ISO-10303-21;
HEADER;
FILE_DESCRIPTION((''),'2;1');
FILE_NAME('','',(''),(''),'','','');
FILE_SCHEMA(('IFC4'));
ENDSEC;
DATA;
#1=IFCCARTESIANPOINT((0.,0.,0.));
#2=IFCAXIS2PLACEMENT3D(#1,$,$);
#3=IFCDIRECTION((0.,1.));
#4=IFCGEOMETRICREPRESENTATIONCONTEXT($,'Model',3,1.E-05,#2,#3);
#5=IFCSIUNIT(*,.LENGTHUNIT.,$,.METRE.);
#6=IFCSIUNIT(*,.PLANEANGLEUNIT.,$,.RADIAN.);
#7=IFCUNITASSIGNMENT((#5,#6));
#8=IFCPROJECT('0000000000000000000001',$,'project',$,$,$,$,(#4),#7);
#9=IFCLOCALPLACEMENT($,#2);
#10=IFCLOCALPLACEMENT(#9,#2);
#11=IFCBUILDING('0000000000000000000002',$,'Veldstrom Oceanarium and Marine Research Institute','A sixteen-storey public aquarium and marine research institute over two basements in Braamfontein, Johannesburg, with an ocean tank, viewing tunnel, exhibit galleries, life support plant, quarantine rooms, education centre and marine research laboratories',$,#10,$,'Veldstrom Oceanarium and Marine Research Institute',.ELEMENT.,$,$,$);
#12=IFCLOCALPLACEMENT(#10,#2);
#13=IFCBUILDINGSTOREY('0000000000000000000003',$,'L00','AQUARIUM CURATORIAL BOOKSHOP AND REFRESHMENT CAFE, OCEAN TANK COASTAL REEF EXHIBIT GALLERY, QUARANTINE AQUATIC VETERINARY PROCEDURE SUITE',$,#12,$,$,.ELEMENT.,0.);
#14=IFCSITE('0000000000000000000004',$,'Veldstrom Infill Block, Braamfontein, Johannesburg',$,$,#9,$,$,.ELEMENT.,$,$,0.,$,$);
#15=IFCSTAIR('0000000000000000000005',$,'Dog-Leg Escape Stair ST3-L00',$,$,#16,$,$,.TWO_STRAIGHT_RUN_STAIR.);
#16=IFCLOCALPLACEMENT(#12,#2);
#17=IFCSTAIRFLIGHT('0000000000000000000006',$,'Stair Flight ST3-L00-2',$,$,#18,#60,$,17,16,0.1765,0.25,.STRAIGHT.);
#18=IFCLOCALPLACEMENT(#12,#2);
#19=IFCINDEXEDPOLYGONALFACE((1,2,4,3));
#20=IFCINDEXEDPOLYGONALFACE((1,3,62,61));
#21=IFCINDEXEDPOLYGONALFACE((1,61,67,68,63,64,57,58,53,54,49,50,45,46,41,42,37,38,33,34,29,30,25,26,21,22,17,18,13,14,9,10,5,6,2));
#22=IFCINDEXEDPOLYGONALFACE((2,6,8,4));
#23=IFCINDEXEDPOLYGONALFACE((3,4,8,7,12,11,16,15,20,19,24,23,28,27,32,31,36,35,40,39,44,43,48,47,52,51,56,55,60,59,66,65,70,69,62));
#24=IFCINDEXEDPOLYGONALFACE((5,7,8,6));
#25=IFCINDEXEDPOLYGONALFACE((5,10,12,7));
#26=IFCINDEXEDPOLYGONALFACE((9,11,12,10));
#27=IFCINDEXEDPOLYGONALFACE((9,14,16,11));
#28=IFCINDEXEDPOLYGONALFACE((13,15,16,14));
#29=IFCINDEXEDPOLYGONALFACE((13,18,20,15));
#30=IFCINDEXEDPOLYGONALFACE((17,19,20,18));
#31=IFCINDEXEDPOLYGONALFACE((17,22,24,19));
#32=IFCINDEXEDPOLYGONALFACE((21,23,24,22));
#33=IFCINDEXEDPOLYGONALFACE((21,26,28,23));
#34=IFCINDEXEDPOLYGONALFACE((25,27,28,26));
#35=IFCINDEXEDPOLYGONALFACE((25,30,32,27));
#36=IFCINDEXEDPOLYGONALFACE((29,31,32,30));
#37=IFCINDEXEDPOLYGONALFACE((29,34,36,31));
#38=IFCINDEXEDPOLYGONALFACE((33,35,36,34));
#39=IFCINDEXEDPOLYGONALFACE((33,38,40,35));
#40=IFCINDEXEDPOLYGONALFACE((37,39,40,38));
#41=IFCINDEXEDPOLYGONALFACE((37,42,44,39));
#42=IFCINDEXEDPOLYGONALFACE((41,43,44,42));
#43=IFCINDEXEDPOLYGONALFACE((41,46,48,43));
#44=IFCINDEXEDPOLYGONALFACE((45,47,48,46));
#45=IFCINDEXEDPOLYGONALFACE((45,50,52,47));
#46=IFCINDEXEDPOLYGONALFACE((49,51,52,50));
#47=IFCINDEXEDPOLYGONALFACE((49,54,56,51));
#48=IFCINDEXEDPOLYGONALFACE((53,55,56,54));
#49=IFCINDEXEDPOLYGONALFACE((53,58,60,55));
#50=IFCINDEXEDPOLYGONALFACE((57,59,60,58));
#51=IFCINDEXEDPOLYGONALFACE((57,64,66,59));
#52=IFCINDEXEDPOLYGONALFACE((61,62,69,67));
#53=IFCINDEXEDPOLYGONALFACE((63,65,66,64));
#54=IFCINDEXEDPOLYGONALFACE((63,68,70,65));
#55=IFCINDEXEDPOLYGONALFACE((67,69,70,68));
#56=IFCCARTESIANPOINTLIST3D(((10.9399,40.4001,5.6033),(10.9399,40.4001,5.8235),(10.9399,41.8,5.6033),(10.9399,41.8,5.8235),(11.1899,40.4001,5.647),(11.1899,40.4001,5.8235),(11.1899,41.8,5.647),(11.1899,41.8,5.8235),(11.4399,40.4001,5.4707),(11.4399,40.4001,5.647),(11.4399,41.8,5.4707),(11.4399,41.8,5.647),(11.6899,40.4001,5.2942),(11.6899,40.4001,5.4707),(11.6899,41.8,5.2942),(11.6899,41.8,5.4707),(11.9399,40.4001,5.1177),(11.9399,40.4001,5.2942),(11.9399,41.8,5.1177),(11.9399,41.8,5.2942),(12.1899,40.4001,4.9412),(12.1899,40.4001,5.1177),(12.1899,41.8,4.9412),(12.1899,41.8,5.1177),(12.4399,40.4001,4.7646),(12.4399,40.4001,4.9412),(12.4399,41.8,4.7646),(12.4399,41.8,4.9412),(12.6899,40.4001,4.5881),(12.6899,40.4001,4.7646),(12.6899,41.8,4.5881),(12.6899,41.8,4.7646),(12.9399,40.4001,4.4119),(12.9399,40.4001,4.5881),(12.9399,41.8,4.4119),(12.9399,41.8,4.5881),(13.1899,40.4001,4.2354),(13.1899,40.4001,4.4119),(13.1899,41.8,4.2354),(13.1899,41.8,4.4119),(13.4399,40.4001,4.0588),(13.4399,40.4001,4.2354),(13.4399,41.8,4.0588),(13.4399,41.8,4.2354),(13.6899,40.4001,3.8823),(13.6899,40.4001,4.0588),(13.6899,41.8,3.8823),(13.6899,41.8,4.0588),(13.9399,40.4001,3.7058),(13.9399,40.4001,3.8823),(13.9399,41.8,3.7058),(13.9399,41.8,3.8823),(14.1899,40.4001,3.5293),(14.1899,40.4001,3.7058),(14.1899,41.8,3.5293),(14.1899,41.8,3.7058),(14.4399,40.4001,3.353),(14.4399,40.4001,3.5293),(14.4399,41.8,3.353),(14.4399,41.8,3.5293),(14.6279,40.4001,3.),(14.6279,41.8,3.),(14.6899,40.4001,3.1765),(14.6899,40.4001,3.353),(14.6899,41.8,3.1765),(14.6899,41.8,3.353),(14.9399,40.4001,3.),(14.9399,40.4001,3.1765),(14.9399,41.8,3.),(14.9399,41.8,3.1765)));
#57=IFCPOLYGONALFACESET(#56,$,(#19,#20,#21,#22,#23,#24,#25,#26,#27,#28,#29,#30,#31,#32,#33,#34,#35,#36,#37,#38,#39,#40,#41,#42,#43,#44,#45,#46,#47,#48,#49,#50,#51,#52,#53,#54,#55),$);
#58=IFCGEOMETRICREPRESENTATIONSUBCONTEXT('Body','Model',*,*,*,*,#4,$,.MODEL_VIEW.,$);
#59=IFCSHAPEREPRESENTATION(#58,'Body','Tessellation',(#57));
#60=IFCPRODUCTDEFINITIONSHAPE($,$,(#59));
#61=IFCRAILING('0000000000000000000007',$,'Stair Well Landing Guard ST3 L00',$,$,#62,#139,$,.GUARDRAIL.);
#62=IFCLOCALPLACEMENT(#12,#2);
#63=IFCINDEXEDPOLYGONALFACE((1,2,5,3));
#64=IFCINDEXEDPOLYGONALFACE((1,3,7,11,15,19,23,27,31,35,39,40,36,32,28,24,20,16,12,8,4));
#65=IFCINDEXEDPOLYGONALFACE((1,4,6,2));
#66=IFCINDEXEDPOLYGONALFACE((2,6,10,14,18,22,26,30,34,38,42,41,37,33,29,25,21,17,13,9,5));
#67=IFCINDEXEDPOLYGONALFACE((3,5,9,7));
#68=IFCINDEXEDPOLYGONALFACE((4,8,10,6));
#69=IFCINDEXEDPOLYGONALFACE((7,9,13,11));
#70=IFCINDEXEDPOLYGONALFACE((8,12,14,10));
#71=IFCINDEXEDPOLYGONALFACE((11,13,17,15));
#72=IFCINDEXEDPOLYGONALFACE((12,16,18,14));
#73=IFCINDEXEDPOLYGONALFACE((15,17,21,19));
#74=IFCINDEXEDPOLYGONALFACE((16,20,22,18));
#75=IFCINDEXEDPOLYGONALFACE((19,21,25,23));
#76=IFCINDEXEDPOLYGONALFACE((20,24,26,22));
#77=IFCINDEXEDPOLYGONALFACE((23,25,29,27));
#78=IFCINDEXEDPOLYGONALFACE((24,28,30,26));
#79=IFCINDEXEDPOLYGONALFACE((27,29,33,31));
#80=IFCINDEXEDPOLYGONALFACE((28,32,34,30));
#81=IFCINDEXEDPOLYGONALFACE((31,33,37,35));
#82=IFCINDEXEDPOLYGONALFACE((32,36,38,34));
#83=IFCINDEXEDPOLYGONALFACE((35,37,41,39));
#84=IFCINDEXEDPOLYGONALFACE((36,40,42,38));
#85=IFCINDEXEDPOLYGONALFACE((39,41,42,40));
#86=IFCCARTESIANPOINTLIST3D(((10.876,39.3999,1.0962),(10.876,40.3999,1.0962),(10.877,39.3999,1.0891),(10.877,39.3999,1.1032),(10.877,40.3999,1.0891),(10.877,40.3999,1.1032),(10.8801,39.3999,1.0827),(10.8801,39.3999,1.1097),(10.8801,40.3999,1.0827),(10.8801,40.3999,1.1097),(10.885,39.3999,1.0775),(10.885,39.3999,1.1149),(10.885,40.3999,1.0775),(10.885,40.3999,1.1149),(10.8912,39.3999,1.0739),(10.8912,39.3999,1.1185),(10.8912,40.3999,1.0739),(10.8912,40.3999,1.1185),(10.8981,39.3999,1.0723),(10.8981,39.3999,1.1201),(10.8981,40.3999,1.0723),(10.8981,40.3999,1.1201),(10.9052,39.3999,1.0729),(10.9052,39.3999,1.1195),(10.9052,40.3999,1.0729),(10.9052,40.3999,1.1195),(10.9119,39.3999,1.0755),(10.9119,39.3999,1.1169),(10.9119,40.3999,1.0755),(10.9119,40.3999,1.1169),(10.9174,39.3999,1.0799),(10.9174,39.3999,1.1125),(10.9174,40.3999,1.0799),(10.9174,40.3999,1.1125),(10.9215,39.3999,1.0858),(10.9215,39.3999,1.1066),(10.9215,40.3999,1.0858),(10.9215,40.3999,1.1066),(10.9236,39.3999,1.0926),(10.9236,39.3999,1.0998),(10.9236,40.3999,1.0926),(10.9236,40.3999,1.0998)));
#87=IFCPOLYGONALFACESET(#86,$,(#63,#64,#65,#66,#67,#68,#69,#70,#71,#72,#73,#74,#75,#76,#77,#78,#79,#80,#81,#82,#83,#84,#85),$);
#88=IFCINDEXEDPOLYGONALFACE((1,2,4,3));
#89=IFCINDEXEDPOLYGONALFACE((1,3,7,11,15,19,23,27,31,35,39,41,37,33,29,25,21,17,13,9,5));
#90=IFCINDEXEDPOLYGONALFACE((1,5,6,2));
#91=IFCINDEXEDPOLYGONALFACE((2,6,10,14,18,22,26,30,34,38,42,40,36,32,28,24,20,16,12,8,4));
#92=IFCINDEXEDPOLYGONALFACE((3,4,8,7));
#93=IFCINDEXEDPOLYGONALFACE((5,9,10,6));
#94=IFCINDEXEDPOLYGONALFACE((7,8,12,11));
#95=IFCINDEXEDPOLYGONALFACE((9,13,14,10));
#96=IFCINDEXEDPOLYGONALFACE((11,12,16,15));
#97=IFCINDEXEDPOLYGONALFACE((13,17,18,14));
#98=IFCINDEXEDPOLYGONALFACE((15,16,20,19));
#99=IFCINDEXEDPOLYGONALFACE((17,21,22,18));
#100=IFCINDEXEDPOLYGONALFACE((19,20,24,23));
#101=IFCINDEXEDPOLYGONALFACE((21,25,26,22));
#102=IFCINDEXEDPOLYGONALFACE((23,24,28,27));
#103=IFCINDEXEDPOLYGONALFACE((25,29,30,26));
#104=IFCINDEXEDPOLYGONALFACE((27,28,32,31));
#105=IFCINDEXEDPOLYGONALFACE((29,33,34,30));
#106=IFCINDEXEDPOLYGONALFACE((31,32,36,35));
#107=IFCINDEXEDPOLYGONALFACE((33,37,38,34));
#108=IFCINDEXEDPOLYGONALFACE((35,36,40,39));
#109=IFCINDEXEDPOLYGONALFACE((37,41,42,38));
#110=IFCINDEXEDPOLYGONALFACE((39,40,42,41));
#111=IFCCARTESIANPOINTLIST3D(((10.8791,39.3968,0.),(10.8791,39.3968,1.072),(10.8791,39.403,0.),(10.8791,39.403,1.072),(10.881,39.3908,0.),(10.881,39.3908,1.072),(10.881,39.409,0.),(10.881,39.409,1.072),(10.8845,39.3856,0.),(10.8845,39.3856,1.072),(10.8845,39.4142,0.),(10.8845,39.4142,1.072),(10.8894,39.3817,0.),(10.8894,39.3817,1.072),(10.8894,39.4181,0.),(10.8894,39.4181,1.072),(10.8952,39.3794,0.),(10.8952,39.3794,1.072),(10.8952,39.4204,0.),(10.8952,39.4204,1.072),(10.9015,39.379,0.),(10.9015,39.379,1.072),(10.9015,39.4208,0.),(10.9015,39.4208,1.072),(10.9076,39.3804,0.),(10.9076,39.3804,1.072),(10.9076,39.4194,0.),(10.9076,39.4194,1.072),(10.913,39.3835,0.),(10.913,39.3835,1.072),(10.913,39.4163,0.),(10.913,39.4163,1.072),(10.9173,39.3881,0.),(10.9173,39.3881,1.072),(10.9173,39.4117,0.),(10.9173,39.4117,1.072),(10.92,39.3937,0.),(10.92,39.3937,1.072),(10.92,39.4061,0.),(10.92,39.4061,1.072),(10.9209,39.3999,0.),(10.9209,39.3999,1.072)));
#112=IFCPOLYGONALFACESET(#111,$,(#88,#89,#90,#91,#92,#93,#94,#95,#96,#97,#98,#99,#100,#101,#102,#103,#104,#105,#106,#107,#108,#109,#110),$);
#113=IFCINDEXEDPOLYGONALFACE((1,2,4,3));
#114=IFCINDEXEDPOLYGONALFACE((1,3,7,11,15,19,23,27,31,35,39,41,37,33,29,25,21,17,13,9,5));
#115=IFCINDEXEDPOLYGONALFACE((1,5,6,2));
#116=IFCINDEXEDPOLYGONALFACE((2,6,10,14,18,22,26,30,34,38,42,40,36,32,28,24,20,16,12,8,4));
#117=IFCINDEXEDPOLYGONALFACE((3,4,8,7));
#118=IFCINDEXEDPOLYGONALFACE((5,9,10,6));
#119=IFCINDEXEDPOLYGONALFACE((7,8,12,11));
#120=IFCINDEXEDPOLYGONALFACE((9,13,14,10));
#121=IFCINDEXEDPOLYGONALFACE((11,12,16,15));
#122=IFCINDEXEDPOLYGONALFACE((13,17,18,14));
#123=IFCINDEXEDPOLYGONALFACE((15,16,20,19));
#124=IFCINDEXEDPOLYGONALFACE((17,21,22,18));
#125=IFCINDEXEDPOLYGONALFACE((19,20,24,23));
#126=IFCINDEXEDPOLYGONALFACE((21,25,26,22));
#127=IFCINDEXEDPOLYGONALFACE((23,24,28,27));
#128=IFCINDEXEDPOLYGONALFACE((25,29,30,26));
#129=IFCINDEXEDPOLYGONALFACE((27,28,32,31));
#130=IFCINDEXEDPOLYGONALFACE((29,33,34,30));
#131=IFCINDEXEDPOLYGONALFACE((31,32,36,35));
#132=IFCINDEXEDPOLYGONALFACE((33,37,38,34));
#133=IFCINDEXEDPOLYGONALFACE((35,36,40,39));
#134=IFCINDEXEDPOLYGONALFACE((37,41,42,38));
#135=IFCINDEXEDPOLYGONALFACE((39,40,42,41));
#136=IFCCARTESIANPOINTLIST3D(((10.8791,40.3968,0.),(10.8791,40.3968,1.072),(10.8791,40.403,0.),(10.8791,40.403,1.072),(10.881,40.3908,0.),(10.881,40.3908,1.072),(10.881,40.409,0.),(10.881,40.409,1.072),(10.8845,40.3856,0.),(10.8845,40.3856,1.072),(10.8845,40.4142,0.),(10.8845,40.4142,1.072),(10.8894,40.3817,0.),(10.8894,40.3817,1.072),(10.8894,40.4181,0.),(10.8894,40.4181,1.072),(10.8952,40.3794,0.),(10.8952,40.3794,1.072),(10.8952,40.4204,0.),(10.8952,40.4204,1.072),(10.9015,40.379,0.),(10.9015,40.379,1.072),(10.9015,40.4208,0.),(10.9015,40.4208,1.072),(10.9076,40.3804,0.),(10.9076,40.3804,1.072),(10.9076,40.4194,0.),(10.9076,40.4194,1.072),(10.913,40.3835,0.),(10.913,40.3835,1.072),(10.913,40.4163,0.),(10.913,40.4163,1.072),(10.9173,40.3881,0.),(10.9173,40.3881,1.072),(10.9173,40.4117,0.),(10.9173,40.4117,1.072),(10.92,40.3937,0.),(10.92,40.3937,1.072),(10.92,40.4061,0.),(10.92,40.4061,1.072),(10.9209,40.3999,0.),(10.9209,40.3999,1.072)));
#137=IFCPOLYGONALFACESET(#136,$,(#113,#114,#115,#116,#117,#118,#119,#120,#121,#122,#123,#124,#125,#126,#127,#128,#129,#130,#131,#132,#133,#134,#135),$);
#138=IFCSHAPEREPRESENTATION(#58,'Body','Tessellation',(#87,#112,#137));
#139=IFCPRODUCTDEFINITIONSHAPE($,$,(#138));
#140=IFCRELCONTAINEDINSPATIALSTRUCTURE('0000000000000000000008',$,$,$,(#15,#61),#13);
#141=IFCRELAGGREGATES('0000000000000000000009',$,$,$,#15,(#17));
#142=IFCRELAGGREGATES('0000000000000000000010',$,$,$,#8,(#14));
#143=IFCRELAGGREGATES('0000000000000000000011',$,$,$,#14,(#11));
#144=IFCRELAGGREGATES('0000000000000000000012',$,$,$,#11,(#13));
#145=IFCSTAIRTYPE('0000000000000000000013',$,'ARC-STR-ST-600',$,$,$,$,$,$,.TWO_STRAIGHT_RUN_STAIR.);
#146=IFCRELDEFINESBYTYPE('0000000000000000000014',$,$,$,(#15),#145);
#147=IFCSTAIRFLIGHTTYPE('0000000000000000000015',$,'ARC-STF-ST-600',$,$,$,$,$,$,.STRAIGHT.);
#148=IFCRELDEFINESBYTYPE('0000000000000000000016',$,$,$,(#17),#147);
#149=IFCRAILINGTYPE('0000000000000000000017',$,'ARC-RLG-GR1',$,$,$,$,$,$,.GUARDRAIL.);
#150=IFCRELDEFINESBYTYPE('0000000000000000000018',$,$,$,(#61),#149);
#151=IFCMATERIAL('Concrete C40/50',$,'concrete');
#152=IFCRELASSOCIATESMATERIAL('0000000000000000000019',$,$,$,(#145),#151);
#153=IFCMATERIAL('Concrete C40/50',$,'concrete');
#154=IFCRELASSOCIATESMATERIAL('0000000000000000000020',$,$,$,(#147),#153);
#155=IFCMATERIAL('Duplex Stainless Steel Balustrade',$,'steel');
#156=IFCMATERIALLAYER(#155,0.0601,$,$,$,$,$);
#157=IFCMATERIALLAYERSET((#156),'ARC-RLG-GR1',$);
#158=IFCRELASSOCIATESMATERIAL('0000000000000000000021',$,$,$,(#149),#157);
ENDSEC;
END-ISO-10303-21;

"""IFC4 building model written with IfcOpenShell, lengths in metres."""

from ifc_helpers import new_model, si_unit, direction, frame, origin, origin_2d, place, context, subcontext, project, spatial, polyline, circle, outline, extrude, material, layer, layer_set, type_object, element, aggregate, save


model = new_model("IFC4")

# Units and contexts
model_context = context("Model", 3, precision=1e-05, world=origin(), true_north=direction((0.0, 1.0)))
body_context = subcontext(model_context, "Body", "Model", "MODEL_VIEW")
ifc_project = project(units=[si_unit("LENGTHUNIT", "METRE"), si_unit("PLANEANGLEUNIT", "RADIAN")], contexts=[model_context])

# Site, building, storey
site_placement = place(None, origin())
site = spatial("IfcSite", under=ifc_project, at=site_placement, Name="Veldstrom Infill Block, Braamfontein, Johannesburg", CompositionType="ELEMENT", RefElevation=0.0)
building_placement = place(site_placement, origin())
building = spatial("IfcBuilding", under=site, at=building_placement, Name="Veldstrom Oceanarium and Marine Research Institute", Description="A sixteen-storey public aquarium and marine research institute over two basements in Braamfontein, Johannesburg, with an ocean tank, viewing tunnel, exhibit galleries, life support plant, quarantine rooms, education centre and marine research laboratories", LongName="Veldstrom Oceanarium and Marine Research Institute", CompositionType="ELEMENT")
storey_placement = place(building_placement, origin())
storey = spatial("IfcBuildingStorey", under=building, at=storey_placement, Name="L00", Description="AQUARIUM CURATORIAL BOOKSHOP AND REFRESHMENT CAFE, OCEAN TANK COASTAL REEF EXHIBIT GALLERY, QUARANTINE AQUATIC VETERINARY PROCEDURE SUITE", CompositionType="ELEMENT", Elevation=0.0)

# Stair, stair flight
ifc_material_1 = material(Name="Concrete C40/50", Category="concrete")
stair_type = type_object("IfcStairType", Name="ARC-STR-ST-600", PredefinedType="TWO_STRAIGHT_RUN_STAIR", material=ifc_material_1)
stair_placement = place(storey_placement, origin())
stair = element("IfcStair", 1, at=stair_placement, inside=storey, type_object=stair_type, Name="Dog-Leg Escape Stair ST3-L00", PredefinedType="TWO_STRAIGHT_RUN_STAIR")
ifc_material_2 = material(Name="Concrete C40/50", Category="concrete")
stair_flight_type = type_object("IfcStairFlightType", Name="ARC-STF-ST-600", PredefinedType="STRAIGHT", material=ifc_material_2)
stair_flight_1_placement = place(storey_placement, frame((14.9399, 41.1001, 3.0), z_axis=(0.0, 0.0, 1.0), x_axis=(-1.0, 0.0, 0.0)))
stair_flight_1 = element("IfcStairFlight", 2, at=stair_flight_1_placement, type_object=stair_flight_type, Name="Stair Flight ST3-L00-2", NumberOfRisers=17, NumberOfTreads=16, PredefinedType="STRAIGHT", RiserHeight=0.1765, TreadLength=0.25, context=body_context, shape_type="SweptSolid", body=[
    extrude(outline(polyline([(0.0, 0.0), (0.0, 0.1765), (0.25, 0.1765), (0.25, 0.353), (0.5, 0.353), (0.5, 0.5293), (0.75, 0.5293), (0.75, 0.7058), (1.0, 0.7058), (1.0, 0.8823), (1.25, 0.8823), (1.25, 1.0588), (1.5, 1.0588), (1.5, 1.2354), (1.75, 1.2354), (1.75, 1.4119), (2.0, 1.4119), (2.0, 1.5881), (2.25, 1.5881), (2.25, 1.7646), (2.5, 1.7646), (2.5, 1.9412), (2.75, 1.9412), (2.75, 2.1177), (3.0, 2.1177), (3.0, 2.2942), (3.25, 2.2942), (3.25, 2.4707), (3.5, 2.4707), (3.5, 2.647), (3.75, 2.647), (3.75, 2.8235), (4.0, 2.8235), (4.0, 3.0), (4.0, 2.6033), (0.312, 0.0), (0.0, 0.0)])), frame((0.0, 0.7, 0.0), z_axis=(0.0, -1.0, 0.0), x_axis=(1.0, 0.0, 0.0)), (0.0, 0.0, 1.0), 1.3999),
])
aggregate(stair, [stair_flight_1])

# Railing
ifc_material_3 = material(Name="Duplex Stainless Steel Balustrade", Category="steel")
ifc_layer_1 = layer(ifc_material_3, 0.0601)
ifc_layer_set_1 = layer_set([ifc_layer_1], Name="ARC-RLG-GR1")
railing_type_1 = type_object("IfcRailingType", Name="ARC-RLG-GR1", PredefinedType="GUARDRAIL", material=ifc_layer_set_1)
railing_1_placement = place(storey_placement, frame((10.8999, 39.3999, 0.0)))
element("IfcRailing", 3, at=railing_1_placement, inside=storey, type_object=railing_type_1, Name="Stair Well Landing Guard ST3 L00", PredefinedType="GUARDRAIL", context=body_context, shape_type="SweptSolid", body=[
    extrude(circle(Radius=0.0239, at=origin_2d()), frame((0.0, 0.0, 1.0962), z_axis=(0.0, 1.0, 0.0), x_axis=(-1.0, 0.0, 0.0)), (0.0, 0.0, 1.0), 1.0),
    extrude(circle(Radius=0.021, at=origin_2d()), origin(), (0.0, 0.0, 1.0), 1.072),
    extrude(circle(Radius=0.021, at=origin_2d()), frame((0.0, 1.0, 0.0)), (0.0, 0.0, 1.0), 1.072),
])

save(model, "model.ifc")
